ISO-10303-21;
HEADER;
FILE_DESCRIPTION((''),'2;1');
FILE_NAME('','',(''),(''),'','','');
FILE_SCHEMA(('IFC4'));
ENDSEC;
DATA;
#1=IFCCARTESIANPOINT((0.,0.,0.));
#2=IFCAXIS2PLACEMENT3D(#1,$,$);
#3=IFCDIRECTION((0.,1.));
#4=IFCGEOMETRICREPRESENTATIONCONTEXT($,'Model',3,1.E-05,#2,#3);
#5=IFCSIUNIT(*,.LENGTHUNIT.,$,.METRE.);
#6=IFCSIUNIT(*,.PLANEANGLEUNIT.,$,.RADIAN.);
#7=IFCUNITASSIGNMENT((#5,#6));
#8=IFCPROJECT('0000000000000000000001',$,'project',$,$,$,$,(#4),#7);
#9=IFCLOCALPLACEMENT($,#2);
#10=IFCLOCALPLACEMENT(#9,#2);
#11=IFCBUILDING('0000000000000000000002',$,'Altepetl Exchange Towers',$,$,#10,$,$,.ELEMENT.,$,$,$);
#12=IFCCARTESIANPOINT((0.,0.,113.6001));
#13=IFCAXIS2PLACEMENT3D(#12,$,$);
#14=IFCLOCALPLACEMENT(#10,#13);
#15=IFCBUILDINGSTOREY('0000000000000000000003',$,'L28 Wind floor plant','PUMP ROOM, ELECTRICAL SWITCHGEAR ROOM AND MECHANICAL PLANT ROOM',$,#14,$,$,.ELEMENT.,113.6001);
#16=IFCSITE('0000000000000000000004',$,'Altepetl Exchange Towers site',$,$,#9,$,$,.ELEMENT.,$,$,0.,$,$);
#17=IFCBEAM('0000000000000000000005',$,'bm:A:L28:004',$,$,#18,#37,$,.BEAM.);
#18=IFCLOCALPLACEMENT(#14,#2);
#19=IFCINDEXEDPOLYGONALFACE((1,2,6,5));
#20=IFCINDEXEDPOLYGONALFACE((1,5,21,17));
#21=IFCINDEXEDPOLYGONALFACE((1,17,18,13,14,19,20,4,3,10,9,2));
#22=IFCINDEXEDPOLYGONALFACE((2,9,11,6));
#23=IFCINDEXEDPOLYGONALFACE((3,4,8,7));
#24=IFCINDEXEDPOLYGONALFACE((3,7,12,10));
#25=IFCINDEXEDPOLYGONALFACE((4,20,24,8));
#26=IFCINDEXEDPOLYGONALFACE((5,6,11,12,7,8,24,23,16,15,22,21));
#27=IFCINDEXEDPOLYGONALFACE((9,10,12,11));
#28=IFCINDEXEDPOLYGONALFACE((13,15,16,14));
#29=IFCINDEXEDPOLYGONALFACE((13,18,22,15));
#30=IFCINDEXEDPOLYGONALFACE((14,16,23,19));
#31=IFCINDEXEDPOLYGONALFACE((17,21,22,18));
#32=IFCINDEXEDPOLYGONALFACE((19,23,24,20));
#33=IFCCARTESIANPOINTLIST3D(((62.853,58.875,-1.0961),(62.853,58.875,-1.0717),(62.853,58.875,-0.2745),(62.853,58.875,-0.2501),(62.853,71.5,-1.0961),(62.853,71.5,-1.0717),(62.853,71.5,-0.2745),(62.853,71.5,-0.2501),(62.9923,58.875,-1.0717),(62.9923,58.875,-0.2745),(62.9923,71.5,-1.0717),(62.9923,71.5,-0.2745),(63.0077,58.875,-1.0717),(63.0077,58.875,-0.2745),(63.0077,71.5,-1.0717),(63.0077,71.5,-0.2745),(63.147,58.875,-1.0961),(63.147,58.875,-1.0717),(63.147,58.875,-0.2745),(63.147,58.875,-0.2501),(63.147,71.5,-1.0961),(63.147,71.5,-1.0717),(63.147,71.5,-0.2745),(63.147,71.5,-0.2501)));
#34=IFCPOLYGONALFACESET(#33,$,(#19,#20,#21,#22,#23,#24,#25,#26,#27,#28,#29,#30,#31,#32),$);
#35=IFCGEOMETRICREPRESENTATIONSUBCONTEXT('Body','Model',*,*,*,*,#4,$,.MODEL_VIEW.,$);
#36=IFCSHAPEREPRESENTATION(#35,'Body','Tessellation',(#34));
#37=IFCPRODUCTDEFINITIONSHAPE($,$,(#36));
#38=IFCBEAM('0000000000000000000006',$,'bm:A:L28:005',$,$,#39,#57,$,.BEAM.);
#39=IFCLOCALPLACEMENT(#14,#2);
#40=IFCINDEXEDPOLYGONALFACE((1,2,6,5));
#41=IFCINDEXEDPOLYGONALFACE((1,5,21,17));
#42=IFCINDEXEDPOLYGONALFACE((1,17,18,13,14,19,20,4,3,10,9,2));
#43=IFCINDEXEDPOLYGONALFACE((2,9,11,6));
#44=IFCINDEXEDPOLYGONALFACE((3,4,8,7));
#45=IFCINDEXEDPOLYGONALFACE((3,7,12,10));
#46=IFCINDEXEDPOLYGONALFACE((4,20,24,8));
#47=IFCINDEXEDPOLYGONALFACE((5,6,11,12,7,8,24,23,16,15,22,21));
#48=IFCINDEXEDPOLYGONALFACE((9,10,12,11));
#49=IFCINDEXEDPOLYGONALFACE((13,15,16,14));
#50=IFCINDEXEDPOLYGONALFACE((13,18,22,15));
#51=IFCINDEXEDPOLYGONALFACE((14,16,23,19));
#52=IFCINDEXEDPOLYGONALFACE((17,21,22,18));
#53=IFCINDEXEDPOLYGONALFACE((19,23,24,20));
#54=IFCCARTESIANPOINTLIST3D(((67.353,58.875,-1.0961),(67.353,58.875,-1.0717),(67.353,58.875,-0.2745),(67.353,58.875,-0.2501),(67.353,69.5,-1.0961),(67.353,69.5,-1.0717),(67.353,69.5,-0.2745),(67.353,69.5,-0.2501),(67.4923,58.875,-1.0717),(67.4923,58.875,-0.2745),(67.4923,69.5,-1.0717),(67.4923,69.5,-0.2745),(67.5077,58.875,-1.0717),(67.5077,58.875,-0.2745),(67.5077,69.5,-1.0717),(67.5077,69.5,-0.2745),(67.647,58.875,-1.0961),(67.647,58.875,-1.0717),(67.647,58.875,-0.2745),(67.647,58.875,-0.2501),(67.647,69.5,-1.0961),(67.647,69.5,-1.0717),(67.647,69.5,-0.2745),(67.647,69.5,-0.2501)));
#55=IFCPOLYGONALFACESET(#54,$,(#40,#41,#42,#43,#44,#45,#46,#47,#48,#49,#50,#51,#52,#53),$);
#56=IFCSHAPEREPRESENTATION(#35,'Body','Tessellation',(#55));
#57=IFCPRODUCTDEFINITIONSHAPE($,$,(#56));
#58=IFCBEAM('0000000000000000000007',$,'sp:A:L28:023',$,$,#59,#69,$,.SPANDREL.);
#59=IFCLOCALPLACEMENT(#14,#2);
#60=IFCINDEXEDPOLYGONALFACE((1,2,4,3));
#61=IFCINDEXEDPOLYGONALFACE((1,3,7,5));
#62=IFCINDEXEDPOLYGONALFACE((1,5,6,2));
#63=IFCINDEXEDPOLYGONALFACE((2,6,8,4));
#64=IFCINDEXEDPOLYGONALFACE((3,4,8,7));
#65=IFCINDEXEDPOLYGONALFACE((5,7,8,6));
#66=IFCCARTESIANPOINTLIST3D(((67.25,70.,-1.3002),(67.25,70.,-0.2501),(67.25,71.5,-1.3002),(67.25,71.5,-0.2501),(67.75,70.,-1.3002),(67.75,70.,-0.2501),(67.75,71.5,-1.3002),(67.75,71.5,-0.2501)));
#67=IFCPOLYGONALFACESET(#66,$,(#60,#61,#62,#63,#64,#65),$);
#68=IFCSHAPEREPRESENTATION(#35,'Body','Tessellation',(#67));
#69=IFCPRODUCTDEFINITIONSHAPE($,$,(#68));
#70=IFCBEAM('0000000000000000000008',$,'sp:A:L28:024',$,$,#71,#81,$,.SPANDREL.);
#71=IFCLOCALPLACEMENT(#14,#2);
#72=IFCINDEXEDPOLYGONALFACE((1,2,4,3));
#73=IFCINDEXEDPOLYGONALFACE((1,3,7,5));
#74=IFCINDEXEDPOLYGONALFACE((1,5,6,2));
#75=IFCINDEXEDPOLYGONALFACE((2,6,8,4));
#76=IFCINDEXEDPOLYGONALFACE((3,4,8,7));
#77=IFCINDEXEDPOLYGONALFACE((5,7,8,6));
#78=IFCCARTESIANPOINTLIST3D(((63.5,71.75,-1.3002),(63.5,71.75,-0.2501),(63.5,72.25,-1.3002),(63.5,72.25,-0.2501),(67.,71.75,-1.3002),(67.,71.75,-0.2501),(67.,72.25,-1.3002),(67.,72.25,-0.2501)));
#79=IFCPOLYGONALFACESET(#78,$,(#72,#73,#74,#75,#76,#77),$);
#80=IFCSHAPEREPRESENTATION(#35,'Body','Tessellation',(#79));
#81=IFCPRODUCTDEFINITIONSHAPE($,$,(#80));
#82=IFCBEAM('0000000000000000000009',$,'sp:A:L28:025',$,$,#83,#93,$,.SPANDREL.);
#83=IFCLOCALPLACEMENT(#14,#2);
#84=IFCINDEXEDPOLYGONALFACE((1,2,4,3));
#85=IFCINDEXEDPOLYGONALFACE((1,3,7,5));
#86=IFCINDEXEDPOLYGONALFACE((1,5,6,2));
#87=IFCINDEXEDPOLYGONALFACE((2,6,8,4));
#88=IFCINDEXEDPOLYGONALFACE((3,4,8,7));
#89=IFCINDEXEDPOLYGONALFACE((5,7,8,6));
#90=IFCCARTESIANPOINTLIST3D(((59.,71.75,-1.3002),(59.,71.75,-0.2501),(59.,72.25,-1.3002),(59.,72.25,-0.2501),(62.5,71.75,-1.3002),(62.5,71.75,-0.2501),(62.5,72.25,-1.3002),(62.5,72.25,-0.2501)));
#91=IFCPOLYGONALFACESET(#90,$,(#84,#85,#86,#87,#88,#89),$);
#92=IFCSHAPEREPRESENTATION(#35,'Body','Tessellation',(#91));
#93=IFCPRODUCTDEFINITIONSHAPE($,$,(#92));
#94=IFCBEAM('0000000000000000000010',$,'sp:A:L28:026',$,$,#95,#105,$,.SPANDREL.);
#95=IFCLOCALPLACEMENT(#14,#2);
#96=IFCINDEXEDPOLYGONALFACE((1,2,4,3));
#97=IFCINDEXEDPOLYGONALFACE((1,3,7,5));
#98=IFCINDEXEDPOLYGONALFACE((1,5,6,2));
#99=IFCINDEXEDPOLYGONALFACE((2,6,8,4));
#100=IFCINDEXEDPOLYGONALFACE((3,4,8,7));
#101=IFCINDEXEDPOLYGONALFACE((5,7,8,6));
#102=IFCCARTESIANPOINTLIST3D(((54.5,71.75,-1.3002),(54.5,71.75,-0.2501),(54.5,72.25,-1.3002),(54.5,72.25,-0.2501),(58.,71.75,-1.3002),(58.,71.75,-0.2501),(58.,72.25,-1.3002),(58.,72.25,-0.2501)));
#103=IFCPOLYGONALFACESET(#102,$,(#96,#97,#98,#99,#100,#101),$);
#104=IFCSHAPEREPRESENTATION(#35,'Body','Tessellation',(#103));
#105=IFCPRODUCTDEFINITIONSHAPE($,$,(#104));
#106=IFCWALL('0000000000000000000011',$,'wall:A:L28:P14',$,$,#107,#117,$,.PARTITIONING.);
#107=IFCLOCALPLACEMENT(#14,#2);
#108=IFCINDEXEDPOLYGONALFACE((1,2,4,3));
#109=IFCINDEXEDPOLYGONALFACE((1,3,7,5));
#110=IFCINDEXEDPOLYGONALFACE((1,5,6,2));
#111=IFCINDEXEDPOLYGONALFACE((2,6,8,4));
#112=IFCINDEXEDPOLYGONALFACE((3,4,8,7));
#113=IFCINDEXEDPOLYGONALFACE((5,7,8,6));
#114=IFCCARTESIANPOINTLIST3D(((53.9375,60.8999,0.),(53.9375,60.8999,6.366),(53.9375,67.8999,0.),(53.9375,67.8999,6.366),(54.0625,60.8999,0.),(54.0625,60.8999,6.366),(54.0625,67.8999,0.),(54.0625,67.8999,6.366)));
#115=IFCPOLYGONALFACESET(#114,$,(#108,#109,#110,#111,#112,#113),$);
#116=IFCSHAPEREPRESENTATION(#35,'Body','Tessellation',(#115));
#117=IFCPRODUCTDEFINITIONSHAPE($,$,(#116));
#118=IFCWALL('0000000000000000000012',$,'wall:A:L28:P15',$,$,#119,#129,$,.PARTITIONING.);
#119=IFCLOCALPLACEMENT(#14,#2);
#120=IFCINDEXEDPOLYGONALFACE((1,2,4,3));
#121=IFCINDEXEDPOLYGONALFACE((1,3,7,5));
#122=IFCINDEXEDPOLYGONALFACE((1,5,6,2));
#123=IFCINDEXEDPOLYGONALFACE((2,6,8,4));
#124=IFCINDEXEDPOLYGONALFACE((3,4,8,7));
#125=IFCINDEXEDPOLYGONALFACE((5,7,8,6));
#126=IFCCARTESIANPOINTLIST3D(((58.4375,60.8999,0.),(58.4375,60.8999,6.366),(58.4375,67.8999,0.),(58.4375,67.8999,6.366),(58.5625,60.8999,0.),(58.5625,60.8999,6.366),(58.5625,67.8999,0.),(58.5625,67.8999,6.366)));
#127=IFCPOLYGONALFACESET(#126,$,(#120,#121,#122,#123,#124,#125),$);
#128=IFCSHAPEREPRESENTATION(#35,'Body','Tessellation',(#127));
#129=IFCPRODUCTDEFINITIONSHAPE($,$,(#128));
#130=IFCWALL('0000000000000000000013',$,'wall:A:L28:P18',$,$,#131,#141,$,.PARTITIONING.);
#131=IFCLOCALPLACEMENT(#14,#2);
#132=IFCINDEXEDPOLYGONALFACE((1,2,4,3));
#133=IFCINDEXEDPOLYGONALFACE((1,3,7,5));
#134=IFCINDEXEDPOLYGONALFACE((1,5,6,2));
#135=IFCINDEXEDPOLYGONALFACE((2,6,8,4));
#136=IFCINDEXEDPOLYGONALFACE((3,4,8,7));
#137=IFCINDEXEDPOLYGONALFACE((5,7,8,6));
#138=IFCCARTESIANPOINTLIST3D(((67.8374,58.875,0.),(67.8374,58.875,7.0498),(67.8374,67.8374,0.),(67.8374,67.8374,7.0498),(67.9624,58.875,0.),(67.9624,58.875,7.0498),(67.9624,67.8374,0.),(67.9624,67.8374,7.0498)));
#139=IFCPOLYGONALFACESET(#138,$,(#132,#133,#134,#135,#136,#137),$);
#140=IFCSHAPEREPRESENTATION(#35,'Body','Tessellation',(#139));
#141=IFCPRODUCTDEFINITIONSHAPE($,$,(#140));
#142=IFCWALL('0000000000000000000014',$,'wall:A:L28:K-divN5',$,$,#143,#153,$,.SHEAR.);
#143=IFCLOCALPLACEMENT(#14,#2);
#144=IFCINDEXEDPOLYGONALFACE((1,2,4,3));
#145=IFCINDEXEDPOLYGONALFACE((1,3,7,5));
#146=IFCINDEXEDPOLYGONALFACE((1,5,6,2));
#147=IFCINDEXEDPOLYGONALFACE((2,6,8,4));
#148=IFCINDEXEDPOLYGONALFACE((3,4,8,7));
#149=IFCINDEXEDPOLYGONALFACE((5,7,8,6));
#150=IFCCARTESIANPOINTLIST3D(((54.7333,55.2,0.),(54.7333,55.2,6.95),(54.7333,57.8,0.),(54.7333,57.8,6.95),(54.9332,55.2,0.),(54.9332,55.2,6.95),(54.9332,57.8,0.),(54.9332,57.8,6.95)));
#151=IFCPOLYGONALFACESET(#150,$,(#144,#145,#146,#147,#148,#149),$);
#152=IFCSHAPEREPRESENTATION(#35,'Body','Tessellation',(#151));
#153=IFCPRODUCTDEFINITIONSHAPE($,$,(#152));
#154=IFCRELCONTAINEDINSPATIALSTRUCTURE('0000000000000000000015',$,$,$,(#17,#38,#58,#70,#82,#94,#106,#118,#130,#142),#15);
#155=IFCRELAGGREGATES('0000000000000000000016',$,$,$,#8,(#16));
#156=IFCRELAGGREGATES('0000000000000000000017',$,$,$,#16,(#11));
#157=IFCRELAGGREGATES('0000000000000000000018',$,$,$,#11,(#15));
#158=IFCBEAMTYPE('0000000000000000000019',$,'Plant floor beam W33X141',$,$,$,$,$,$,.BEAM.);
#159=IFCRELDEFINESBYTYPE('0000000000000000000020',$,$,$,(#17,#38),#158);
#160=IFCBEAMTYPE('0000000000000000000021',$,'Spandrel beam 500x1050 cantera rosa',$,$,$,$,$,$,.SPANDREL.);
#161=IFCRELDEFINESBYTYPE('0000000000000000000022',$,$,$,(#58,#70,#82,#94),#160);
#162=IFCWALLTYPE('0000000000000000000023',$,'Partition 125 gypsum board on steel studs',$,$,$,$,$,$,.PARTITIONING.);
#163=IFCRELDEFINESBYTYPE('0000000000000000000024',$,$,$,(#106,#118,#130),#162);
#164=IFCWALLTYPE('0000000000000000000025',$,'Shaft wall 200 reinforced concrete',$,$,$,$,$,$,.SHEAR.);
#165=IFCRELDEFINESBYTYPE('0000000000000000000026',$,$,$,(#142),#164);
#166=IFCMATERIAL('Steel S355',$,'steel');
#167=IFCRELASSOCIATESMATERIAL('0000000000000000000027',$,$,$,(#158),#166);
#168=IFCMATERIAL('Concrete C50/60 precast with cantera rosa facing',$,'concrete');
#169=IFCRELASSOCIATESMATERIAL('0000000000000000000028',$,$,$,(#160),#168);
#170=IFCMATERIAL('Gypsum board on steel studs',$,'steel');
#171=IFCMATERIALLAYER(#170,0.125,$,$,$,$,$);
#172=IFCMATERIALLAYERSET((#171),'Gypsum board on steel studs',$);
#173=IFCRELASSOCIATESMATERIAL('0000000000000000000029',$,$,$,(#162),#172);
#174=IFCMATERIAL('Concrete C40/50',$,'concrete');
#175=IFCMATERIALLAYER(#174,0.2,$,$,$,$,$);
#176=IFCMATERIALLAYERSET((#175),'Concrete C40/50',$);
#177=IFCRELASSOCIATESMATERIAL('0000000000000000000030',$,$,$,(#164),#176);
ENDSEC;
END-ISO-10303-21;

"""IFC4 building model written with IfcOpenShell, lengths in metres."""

from ifc_helpers import new_model, si_unit, direction, frame, frame_2d, origin, origin_2d, place, context, subcontext, project, spatial, rectangle, i_section, extrude, material, layer, layer_set, material_profile, profile_set, type_object, element, save


model = new_model("IFC4")

# Units and contexts
model_context = context("Model", 3, precision=1e-05, world=origin(), true_north=direction((0.0, 1.0)))
body_context = subcontext(model_context, "Body", "Model", "MODEL_VIEW")
ifc_project = project(units=[si_unit("LENGTHUNIT", "METRE"), si_unit("PLANEANGLEUNIT", "RADIAN")], contexts=[model_context])

# Site, building, storey
site_placement = place(None, origin())
site = spatial("IfcSite", under=ifc_project, at=site_placement, Name="Altepetl Exchange Towers site", CompositionType="ELEMENT", RefElevation=0.0)
building_placement = place(site_placement, origin())
building = spatial("IfcBuilding", under=site, at=building_placement, Name="Altepetl Exchange Towers", CompositionType="ELEMENT")
storey_placement = place(building_placement, frame((0.0, 0.0, 113.6001)))
storey = spatial("IfcBuildingStorey", under=building, at=storey_placement, Name="L28 Wind floor plant", Description="PUMP ROOM, ELECTRICAL SWITCHGEAR ROOM AND MECHANICAL PLANT ROOM", CompositionType="ELEMENT", Elevation=113.6001)

# Beams
ifc_material_1 = material(Name="Steel S355", Category="steel")
ifc_material_profile_1 = material_profile(ifc_material_1, i_section(OverallWidth=0.2939, OverallDepth=0.8459, WebThickness=0.0154, FlangeThickness=0.0244, at=origin_2d()), Name="W33X141")
ifc_profile_set_1 = profile_set([ifc_material_profile_1], Name="Steel S355")
beam_type_1 = type_object("IfcBeamType", Name="Plant floor beam W33X141", PredefinedType="BEAM", material=ifc_profile_set_1)
beam_1_placement = place(storey_placement, frame((63.0, 58.875, -0.6731), z_axis=(0.0, 1.0, 0.0), x_axis=(-1.0, 0.0, 0.0)))
element("IfcBeam", 1, at=beam_1_placement, inside=storey, type_object=beam_type_1, Name="bm:A:L28:004", PredefinedType="BEAM", context=body_context, shape_type="SweptSolid", body=[
    extrude(i_section(OverallWidth=0.2939, OverallDepth=0.8459, WebThickness=0.0154, FlangeThickness=0.0244, at=origin_2d()), origin(), (0.0, 0.0, 1.0), 12.625),
])
beam_2_placement = place(storey_placement, frame((67.5, 58.875, -0.6731), z_axis=(0.0, 1.0, 0.0), x_axis=(-1.0, 0.0, 0.0)))
element("IfcBeam", 2, at=beam_2_placement, inside=storey, type_object=beam_type_1, Name="bm:A:L28:005", PredefinedType="BEAM", context=body_context, shape_type="SweptSolid", body=[
    extrude(i_section(OverallWidth=0.2939, OverallDepth=0.8459, WebThickness=0.0154, FlangeThickness=0.0244, at=origin_2d()), origin(), (0.0, 0.0, 1.0), 10.625),
])
ifc_material_2 = material(Name="Concrete C50/60 precast with cantera rosa facing", Category="concrete")
ifc_material_profile_2 = material_profile(ifc_material_2, rectangle(XDim=0.5, YDim=1.05, at=origin_2d()), Name="500 x 1050")
ifc_profile_set_2 = profile_set([ifc_material_profile_2], Name="Concrete C50/60 precast with cantera rosa facing")
beam_type_2 = type_object("IfcBeamType", Name="Spandrel beam 500x1050 cantera rosa", PredefinedType="SPANDREL", material=ifc_profile_set_2)
beam_3_placement = place(storey_placement, frame((67.5, 70.0, -0.7751), z_axis=(0.0, 1.0, 0.0), x_axis=(-1.0, 0.0, 0.0)))
element("IfcBeam", 3, at=beam_3_placement, inside=storey, type_object=beam_type_2, Name="sp:A:L28:023", PredefinedType="SPANDREL", context=body_context, shape_type="SweptSolid", body=[
    extrude(rectangle(XDim=0.5, YDim=1.05, at=origin_2d()), origin(), (0.0, 0.0, 1.0), 1.5),
])
for number, where, z_axis, x_axis, name in (
    (4, (67.0, 72.0, -0.7751), (-1.0, 0.0, 0.0), (0.0, -1.0, 0.0), "sp:A:L28:024"),
    (5, (62.5, 72.0, -0.7751), (-1.0, 0.0, 0.0), (0.0, -1.0, 0.0), "sp:A:L28:025"),
    (6, (58.0, 72.0, -0.7751), (-1.0, 0.0, 0.0), (0.0, -1.0, 0.0), "sp:A:L28:026"),
):
    element("IfcBeam", number, at=place(storey_placement, frame(where, z_axis=z_axis, x_axis=x_axis)), inside=storey, type_object=beam_type_2, Name=name, PredefinedType="SPANDREL", context=body_context, shape_type="SweptSolid", body=[
        extrude(rectangle(XDim=0.5, YDim=1.05, at=origin_2d()), origin(), (0.0, 0.0, 1.0), 3.5),
    ])

# Walls
ifc_material_3 = material(Name="Gypsum board on steel studs", Category="steel")
ifc_layer_1 = layer(ifc_material_3, 0.125)
ifc_layer_set_1 = layer_set([ifc_layer_1], Name="Gypsum board on steel studs")
wall_type_1 = type_object("IfcWallType", Name="Partition 125 gypsum board on steel studs", PredefinedType="PARTITIONING", material=ifc_layer_set_1)
for number, where, z_axis, x_axis, name in (
    (7, (54.0, 60.8999, 0.0), (0.0, 0.0, 1.0), (0.0, 1.0, 0.0), "wall:A:L28:P14"),
    (8, (58.5, 60.8999, 0.0), (0.0, 0.0, 1.0), (0.0, 1.0, 0.0), "wall:A:L28:P15"),
):
    element("IfcWall", number, at=place(storey_placement, frame(where, z_axis=z_axis, x_axis=x_axis)), inside=storey, type_object=wall_type_1, Name=name, PredefinedType="PARTITIONING", context=body_context, shape_type="SweptSolid", body=[
        extrude(rectangle(XDim=7.0, YDim=0.125, at=frame_2d((3.5, 0.0))), origin(), (0.0, 0.0, 1.0), 6.366),
    ])
wall_1_placement = place(storey_placement, frame((67.8999, 58.875, 0.0), z_axis=(0.0, 0.0, 1.0), x_axis=(0.0, 1.0, 0.0)))
element("IfcWall", 9, at=wall_1_placement, inside=storey, type_object=wall_type_1, Name="wall:A:L28:P18", PredefinedType="PARTITIONING", context=body_context, shape_type="SweptSolid", body=[
    extrude(rectangle(XDim=8.9624, YDim=0.125, at=frame_2d((4.4812, 0.0))), origin(), (0.0, 0.0, 1.0), 7.0498),
])
ifc_material_4 = material(Name="Concrete C40/50", Category="concrete")
ifc_layer_2 = layer(ifc_material_4, 0.2)
ifc_layer_set_2 = layer_set([ifc_layer_2], Name="Concrete C40/50")
wall_type_2 = type_object("IfcWallType", Name="Shaft wall 200 reinforced concrete", PredefinedType="SHEAR", material=ifc_layer_set_2)
wall_2_placement = place(storey_placement, frame((54.8333, 57.8, 0.0), z_axis=(0.0, 0.0, 1.0), x_axis=(0.0, -1.0, 0.0)))
element("IfcWall", 10, at=wall_2_placement, inside=storey, type_object=wall_type_2, Name="wall:A:L28:K-divN5", PredefinedType="SHEAR", context=body_context, shape_type="SweptSolid", body=[
    extrude(rectangle(XDim=2.6001, YDim=0.2, at=frame_2d((1.3, 0.0))), origin(), (0.0, 0.0, 1.0), 6.95),
])

save(model, "model.ifc")
